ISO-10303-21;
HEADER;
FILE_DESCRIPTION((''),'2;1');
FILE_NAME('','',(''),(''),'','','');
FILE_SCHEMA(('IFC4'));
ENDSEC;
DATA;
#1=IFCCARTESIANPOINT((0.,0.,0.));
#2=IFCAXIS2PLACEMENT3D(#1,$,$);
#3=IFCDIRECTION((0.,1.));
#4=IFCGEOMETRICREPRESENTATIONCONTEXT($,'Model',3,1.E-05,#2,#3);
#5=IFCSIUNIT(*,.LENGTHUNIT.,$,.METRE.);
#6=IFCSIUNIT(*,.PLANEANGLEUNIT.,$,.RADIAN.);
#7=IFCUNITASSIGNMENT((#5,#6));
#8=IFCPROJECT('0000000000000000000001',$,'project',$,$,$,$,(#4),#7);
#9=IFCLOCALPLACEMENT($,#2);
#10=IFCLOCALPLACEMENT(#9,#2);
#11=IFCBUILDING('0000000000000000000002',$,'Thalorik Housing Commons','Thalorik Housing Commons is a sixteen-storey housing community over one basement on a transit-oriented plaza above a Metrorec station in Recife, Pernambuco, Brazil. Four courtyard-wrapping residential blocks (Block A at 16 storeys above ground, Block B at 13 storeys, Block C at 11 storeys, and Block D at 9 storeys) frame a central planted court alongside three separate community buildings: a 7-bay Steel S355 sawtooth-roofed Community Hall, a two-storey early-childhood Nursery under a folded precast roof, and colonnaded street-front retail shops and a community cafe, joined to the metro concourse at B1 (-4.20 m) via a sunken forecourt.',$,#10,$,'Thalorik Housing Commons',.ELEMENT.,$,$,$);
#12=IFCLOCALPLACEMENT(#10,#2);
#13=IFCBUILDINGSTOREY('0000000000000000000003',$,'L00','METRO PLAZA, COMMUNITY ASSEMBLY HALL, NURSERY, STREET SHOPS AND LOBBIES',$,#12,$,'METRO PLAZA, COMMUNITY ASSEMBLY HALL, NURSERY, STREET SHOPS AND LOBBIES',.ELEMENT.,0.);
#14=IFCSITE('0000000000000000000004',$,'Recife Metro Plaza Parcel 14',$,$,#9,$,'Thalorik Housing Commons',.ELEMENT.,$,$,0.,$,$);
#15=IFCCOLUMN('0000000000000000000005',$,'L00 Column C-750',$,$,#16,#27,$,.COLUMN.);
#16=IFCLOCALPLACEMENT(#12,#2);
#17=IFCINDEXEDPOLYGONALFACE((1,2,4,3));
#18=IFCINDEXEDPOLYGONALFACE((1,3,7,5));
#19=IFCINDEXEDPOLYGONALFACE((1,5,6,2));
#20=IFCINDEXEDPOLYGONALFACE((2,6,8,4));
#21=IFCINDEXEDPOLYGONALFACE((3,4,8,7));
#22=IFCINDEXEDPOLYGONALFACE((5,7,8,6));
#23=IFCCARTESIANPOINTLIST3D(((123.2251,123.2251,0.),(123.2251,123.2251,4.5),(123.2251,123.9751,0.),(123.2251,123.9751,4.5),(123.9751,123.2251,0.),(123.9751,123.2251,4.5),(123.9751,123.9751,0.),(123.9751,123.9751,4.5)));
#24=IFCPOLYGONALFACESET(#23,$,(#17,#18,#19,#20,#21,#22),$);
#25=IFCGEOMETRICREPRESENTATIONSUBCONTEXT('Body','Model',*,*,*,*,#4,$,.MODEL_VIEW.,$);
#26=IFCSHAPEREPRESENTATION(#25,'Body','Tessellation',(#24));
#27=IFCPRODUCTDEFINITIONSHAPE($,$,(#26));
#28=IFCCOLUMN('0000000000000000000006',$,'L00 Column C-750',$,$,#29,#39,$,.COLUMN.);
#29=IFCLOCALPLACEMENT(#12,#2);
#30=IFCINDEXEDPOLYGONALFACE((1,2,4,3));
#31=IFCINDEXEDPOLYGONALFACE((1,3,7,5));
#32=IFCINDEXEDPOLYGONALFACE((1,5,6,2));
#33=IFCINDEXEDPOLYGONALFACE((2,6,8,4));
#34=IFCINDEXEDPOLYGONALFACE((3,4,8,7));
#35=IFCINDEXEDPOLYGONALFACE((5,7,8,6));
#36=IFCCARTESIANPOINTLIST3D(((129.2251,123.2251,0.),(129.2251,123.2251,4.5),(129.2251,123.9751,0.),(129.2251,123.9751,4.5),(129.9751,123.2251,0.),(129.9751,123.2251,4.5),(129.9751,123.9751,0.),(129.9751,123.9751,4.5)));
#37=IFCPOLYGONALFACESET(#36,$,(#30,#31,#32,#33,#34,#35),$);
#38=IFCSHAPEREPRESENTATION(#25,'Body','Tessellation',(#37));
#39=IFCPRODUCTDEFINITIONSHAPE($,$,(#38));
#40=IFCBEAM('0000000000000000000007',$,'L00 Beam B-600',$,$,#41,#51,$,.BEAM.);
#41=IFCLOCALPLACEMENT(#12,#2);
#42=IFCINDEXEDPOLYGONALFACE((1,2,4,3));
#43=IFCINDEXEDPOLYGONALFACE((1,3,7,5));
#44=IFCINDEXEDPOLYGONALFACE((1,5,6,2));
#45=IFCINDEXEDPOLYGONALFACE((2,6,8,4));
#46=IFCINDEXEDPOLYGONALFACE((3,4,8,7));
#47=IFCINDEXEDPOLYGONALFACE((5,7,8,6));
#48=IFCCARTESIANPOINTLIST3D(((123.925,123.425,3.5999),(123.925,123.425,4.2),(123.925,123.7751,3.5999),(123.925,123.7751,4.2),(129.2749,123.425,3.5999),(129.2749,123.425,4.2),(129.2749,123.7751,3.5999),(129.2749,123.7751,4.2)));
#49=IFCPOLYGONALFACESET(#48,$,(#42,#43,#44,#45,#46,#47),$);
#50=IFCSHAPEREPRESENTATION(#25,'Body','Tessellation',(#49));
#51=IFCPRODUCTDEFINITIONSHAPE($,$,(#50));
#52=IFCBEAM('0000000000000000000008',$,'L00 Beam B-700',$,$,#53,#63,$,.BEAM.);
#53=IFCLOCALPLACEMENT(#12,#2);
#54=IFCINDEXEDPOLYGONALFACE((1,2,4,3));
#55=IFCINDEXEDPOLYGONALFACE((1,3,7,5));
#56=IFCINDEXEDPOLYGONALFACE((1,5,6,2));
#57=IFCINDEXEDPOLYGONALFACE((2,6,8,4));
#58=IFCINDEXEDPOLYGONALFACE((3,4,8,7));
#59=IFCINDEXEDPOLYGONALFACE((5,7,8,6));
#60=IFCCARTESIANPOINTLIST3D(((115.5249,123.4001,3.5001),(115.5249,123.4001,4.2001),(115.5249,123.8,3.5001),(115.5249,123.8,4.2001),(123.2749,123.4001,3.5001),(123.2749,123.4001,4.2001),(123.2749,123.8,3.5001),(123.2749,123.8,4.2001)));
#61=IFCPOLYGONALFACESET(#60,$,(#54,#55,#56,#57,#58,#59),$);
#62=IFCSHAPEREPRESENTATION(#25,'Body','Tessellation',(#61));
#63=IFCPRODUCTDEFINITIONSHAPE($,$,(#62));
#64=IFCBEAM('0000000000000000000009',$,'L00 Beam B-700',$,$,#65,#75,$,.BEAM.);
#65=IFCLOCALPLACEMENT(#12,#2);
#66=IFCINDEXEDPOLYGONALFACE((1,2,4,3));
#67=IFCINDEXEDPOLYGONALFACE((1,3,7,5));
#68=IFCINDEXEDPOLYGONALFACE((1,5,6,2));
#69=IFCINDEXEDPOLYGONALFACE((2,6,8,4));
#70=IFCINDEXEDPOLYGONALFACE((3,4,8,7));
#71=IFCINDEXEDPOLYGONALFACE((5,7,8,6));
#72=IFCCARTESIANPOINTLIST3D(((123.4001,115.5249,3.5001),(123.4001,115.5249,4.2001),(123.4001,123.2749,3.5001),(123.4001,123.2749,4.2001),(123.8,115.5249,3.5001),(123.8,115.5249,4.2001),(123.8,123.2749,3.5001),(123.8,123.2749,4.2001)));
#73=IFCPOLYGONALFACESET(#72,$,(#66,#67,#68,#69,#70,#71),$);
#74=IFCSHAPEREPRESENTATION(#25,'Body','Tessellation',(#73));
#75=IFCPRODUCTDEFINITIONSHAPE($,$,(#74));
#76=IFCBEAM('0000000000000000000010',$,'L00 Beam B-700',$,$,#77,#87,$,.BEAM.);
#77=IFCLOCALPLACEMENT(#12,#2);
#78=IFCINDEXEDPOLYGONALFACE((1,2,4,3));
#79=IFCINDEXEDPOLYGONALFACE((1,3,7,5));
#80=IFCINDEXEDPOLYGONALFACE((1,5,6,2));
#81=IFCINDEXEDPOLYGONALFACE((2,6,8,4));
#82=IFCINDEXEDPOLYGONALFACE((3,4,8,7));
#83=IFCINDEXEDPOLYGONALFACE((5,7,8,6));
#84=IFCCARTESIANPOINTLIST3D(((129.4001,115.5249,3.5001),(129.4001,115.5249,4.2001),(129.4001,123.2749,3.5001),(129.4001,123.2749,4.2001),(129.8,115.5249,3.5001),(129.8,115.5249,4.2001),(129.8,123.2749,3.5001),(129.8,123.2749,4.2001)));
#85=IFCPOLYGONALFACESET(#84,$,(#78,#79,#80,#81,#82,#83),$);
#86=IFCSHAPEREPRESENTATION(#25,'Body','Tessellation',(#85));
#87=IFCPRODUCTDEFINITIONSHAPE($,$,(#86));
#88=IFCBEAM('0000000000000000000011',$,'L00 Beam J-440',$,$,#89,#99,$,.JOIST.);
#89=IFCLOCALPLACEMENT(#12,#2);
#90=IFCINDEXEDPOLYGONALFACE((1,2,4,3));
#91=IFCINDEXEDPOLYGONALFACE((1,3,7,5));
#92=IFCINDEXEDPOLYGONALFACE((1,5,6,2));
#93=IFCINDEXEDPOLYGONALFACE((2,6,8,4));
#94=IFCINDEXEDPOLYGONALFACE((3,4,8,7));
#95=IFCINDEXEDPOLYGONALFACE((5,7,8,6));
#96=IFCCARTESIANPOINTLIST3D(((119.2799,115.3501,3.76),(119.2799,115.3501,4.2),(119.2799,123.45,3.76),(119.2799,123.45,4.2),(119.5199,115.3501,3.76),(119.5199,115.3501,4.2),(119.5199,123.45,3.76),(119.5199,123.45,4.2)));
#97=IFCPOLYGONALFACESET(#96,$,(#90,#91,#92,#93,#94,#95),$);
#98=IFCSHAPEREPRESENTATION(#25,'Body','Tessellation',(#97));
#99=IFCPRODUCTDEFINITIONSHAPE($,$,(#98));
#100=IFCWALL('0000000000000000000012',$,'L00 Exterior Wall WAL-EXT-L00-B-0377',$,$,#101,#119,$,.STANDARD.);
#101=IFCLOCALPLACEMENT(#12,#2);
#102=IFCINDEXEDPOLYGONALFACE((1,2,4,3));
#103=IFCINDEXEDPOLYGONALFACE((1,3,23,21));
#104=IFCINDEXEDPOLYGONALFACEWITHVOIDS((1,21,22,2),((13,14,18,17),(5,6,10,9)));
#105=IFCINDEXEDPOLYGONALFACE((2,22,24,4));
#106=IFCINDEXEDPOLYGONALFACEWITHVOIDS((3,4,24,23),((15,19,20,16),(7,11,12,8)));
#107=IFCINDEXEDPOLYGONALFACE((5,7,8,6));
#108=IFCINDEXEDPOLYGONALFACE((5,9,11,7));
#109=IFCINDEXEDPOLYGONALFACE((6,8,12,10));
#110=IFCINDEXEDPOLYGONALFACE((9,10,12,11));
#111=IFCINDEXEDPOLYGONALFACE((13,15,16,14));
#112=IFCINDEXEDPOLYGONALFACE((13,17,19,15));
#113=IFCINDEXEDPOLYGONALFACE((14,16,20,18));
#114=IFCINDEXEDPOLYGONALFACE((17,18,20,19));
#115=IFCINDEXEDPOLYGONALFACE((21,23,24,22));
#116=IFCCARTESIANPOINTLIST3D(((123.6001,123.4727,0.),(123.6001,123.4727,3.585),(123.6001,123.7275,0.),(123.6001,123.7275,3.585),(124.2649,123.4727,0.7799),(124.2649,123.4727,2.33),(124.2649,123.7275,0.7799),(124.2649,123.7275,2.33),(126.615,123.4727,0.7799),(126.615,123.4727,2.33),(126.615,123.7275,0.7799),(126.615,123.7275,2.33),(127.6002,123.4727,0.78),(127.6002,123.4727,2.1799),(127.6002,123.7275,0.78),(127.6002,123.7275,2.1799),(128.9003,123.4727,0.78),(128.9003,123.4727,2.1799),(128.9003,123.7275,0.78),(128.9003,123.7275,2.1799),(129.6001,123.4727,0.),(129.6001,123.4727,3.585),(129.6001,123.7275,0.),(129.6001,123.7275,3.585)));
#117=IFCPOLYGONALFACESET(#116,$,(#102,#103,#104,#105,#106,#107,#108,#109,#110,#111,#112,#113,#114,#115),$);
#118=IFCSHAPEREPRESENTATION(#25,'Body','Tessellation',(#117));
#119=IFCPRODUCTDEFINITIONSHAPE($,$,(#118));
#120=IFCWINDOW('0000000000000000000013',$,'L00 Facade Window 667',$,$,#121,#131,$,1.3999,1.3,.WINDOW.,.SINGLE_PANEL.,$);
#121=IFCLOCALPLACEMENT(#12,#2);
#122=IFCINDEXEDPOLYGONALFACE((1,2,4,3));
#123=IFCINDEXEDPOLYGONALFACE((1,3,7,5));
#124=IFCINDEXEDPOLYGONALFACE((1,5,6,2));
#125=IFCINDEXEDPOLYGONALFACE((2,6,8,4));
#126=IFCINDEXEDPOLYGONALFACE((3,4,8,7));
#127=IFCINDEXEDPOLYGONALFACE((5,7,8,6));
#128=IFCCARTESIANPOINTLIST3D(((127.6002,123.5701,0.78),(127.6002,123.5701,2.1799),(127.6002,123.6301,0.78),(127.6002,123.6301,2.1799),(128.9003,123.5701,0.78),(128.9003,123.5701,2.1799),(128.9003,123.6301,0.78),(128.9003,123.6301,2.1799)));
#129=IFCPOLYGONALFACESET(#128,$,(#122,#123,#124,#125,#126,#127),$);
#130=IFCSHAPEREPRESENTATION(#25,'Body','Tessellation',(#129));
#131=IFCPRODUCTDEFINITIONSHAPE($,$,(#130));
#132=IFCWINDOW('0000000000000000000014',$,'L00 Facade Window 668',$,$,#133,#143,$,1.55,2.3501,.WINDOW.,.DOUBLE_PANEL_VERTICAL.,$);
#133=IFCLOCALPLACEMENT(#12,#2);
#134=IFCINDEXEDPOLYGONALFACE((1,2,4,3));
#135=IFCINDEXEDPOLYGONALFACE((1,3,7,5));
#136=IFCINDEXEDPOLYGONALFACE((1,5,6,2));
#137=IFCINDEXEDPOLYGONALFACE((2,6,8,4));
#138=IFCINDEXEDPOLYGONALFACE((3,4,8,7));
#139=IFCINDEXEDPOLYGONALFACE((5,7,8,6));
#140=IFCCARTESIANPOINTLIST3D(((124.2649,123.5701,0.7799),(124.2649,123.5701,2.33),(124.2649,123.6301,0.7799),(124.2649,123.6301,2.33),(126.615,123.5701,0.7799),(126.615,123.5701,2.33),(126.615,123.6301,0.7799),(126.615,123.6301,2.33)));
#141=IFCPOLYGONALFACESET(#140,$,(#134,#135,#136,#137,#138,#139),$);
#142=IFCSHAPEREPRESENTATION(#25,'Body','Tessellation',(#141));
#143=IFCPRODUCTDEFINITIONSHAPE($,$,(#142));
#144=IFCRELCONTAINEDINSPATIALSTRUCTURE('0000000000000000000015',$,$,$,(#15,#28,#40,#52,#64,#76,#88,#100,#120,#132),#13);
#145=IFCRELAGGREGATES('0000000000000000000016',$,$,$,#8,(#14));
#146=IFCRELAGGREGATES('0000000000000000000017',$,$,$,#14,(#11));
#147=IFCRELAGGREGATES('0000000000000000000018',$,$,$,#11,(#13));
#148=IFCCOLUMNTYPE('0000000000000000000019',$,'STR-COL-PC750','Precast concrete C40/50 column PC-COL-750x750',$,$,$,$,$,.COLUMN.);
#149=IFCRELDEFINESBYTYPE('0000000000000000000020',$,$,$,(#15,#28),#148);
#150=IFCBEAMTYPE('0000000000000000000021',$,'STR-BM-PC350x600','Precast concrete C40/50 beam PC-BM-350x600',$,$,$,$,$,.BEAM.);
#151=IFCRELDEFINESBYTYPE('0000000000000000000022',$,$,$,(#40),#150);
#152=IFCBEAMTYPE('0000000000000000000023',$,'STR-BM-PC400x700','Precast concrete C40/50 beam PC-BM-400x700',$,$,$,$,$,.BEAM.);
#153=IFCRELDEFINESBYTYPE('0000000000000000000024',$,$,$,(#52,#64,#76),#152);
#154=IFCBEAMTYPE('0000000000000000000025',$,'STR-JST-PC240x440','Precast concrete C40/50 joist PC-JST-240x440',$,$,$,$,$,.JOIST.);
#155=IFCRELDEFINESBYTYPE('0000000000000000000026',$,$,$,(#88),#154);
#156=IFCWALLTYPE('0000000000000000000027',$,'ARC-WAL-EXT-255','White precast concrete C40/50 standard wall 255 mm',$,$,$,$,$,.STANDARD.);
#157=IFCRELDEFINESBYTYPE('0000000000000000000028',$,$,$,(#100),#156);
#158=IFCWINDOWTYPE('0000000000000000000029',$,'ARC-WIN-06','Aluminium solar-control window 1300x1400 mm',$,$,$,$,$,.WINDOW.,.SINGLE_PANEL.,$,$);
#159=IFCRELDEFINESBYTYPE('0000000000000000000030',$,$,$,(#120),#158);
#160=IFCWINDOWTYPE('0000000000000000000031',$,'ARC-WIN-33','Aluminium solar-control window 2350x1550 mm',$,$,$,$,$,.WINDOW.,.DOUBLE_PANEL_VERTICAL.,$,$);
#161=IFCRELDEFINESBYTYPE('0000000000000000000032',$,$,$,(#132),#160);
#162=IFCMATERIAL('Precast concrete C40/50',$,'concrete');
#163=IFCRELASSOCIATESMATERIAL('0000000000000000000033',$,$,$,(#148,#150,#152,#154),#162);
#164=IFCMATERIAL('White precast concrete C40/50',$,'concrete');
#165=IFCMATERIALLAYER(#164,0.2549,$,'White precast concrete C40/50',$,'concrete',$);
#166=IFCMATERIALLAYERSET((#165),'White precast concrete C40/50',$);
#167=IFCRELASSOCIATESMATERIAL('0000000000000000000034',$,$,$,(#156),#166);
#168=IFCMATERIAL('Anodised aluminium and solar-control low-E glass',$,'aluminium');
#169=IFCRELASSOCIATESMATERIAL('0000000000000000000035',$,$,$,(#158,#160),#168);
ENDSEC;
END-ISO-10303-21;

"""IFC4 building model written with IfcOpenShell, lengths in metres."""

from ifc_helpers import new_model, si_unit, direction, frame, frame_2d, origin, origin_2d, place, context, subcontext, project, spatial, rectangle, extrude, material, layer, layer_set, material_profile, profile_set, type_object, element, fill, save


model = new_model("IFC4")

# Units and contexts
model_context = context("Model", 3, precision=1e-05, world=origin(), true_north=direction((0.0, 1.0)))
body_context = subcontext(model_context, "Body", "Model", "MODEL_VIEW")
ifc_project = project(units=[si_unit("LENGTHUNIT", "METRE"), si_unit("PLANEANGLEUNIT", "RADIAN")], contexts=[model_context])

# Site, building, storey
site_placement = place(None, origin())
site = spatial("IfcSite", under=ifc_project, at=site_placement, Name="Recife Metro Plaza Parcel 14", LongName="Thalorik Housing Commons", CompositionType="ELEMENT", RefElevation=0.0)
building_placement = place(site_placement, origin())
building = spatial("IfcBuilding", under=site, at=building_placement, Name="Thalorik Housing Commons", Description="Thalorik Housing Commons is a sixteen-storey housing community over one basement on a transit-oriented plaza above a Metrorec station in Recife, Pernambuco, Brazil. Four courtyard-wrapping residential blocks (Block A at 16 storeys above ground, Block B at 13 storeys, Block C at 11 storeys, and Block D at 9 storeys) frame a central planted court alongside three separate community buildings: a 7-bay Steel S355 sawtooth-roofed Community Hall, a two-storey early-childhood Nursery under a folded precast roof, and colonnaded street-front retail shops and a community cafe, joined to the metro concourse at B1 (-4.20 m) via a sunken forecourt.", LongName="Thalorik Housing Commons", CompositionType="ELEMENT")
storey_placement = place(building_placement, origin())
storey = spatial("IfcBuildingStorey", under=building, at=storey_placement, Name="L00", Description="METRO PLAZA, COMMUNITY ASSEMBLY HALL, NURSERY, STREET SHOPS AND LOBBIES", LongName="METRO PLAZA, COMMUNITY ASSEMBLY HALL, NURSERY, STREET SHOPS AND LOBBIES", CompositionType="ELEMENT", Elevation=0.0)

# Columns
ifc_material_1 = material(Name="Precast concrete C40/50", Category="concrete")
ifc_material_profile_1 = material_profile(ifc_material_1, rectangle(XDim=0.75, YDim=0.75, at=origin_2d()), Name="PC 750x750", Category="concrete")
ifc_profile_set_1 = profile_set([ifc_material_profile_1], Name="Precast concrete C40/50")
column_type = type_object("IfcColumnType", Name="STR-COL-PC750", Description="Precast concrete C40/50 column PC-COL-750x750", PredefinedType="COLUMN", material=ifc_profile_set_1)
for number, where, z_axis, x_axis, name in (
    (1, (123.6001, 123.6001, 0.0), (0.0, 0.0, 1.0), (1.0, 0.0, 0.0), "L00 Column C-750"),
    (2, (129.6001, 123.6001, 0.0), (0.0, 0.0, 1.0), (1.0, 0.0, 0.0), "L00 Column C-750"),
):
    element("IfcColumn", number, at=place(storey_placement, frame(where, z_axis=z_axis, x_axis=x_axis)), inside=storey, type_object=column_type, Name=name, PredefinedType="COLUMN", context=body_context, shape_type="SweptSolid", body=[
        extrude(rectangle(XDim=0.75, YDim=0.75, at=origin_2d()), origin(), (0.0, 0.0, 1.0), 4.5),
    ])

# Beams
ifc_material_profile_2 = material_profile(ifc_material_1, rectangle(XDim=0.3501, YDim=0.6001, at=origin_2d()), Name="PC 350x600", Category="concrete")
ifc_profile_set_2 = profile_set([ifc_material_profile_2], Name="Precast concrete C40/50")
beam_type_1 = type_object("IfcBeamType", Name="STR-BM-PC350x600", Description="Precast concrete C40/50 beam PC-BM-350x600", PredefinedType="BEAM", material=ifc_profile_set_2)
beam_1_placement = place(storey_placement, frame((123.925, 123.6001, 3.8999), z_axis=(1.0, 0.0, 0.0), x_axis=(0.0, 1.0, 0.0)))
element("IfcBeam", 3, at=beam_1_placement, inside=storey, type_object=beam_type_1, Name="L00 Beam B-600", PredefinedType="BEAM", context=body_context, shape_type="SweptSolid", body=[
    extrude(rectangle(XDim=0.3501, YDim=0.6001, at=origin_2d()), origin(), (0.0, 0.0, 1.0), 5.3499),
])
ifc_material_profile_3 = material_profile(ifc_material_1, rectangle(XDim=0.3999, YDim=0.7, at=origin_2d()), Name="PC 400x700", Category="concrete")
ifc_profile_set_3 = profile_set([ifc_material_profile_3], Name="Precast concrete C40/50")
beam_type_2 = type_object("IfcBeamType", Name="STR-BM-PC400x700", Description="Precast concrete C40/50 beam PC-BM-400x700", PredefinedType="BEAM", material=ifc_profile_set_3)
for number, where, z_axis, x_axis, name in (
    (4, (115.5249, 123.6001, 3.8501), (1.0, 0.0, 0.0), (0.0, 1.0, 0.0), "L00 Beam B-700"),
    (5, (123.6001, 115.5249, 3.8501), (0.0, 1.0, 0.0), (-1.0, 0.0, 0.0), "L00 Beam B-700"),
    (6, (129.6001, 115.5249, 3.8501), (0.0, 1.0, 0.0), (-1.0, 0.0, 0.0), "L00 Beam B-700"),
):
    element("IfcBeam", number, at=place(storey_placement, frame(where, z_axis=z_axis, x_axis=x_axis)), inside=storey, type_object=beam_type_2, Name=name, PredefinedType="BEAM", context=body_context, shape_type="SweptSolid", body=[
        extrude(rectangle(XDim=0.3999, YDim=0.7, at=origin_2d()), origin(), (0.0, 0.0, 1.0), 7.75),
    ])
ifc_material_profile_4 = material_profile(ifc_material_1, rectangle(XDim=0.24, YDim=0.4399, at=origin_2d()), Name="PC JST 240x440", Category="concrete")
ifc_profile_set_4 = profile_set([ifc_material_profile_4], Name="Precast concrete C40/50")
beam_type_3 = type_object("IfcBeamType", Name="STR-JST-PC240x440", Description="Precast concrete C40/50 joist PC-JST-240x440", PredefinedType="JOIST", material=ifc_profile_set_4)
beam_2_placement = place(storey_placement, frame((119.3999, 115.3501, 3.98), z_axis=(0.0, 1.0, 0.0), x_axis=(-1.0, 0.0, 0.0)))
element("IfcBeam", 7, at=beam_2_placement, inside=storey, type_object=beam_type_3, Name="L00 Beam J-440", PredefinedType="JOIST", context=body_context, shape_type="SweptSolid", body=[
    extrude(rectangle(XDim=0.24, YDim=0.4399, at=origin_2d()), origin(), (0.0, 0.0, 1.0), 8.0999),
])

# Wall, openings, windows
ifc_material_2 = material(Name="White precast concrete C40/50", Category="concrete")
ifc_layer_1 = layer(ifc_material_2, 0.2549, Name="White precast concrete C40/50", Category="concrete")
ifc_layer_set_1 = layer_set([ifc_layer_1], Name="White precast concrete C40/50")
wall_type_1 = type_object("IfcWallType", Name="ARC-WAL-EXT-255", Description="White precast concrete C40/50 standard wall 255 mm", PredefinedType="STANDARD", material=ifc_layer_set_1)
wall_1_placement = place(storey_placement, frame((129.6001, 123.6001, 0.0), z_axis=(0.0, 0.0, 1.0), x_axis=(-1.0, 0.0, 0.0)))
wall_1 = element("IfcWall", 8, at=wall_1_placement, inside=storey, type_object=wall_type_1, Name="L00 Exterior Wall WAL-EXT-L00-B-0377", PredefinedType="STANDARD", context=body_context, shape_type="SweptSolid", body=[
    extrude(rectangle(XDim=6.0, YDim=0.2549, at=frame_2d((3.0, 0.0))), origin(), (0.0, 0.0, 1.0), 3.585),
])
opening_1_placement = place(wall_1_placement, frame((0.7, 0.0, 0.78)))
opening_1 = element("IfcOpeningElement", 9, at=opening_1_placement, cuts=wall_1, PredefinedType="OPENING", context=body_context, shape_type="SweptSolid", body=[
    extrude(rectangle(XDim=1.3, YDim=1.3999, at=frame_2d((0.6499, 0.7))), frame((0.0, 0.1375, 0.0), z_axis=(0.0, -1.0, 0.0), x_axis=(1.0, 0.0, 0.0)), (0.0, 0.0, 1.0), 0.2749),
])
opening_2_placement = place(wall_1_placement, frame((2.9851, 0.0, 0.78)))
opening_2 = element("IfcOpeningElement", 10, at=opening_2_placement, cuts=wall_1, PredefinedType="OPENING", context=body_context, shape_type="SweptSolid", body=[
    extrude(rectangle(XDim=2.3501, YDim=1.55, at=frame_2d((1.175, 0.7749))), frame((0.0, 0.1375, 0.0), z_axis=(0.0, -1.0, 0.0), x_axis=(1.0, 0.0, 0.0)), (0.0, 0.0, 1.0), 0.2749),
])
ifc_material_3 = material(Name="Anodised aluminium and solar-control low-E glass", Category="aluminium")
window_type_1 = type_object("IfcWindowType", Name="ARC-WIN-06", Description="Aluminium solar-control window 1300x1400 mm", PartitioningType="SINGLE_PANEL", PredefinedType="WINDOW", material=ifc_material_3)
window_1_placement = place(opening_1_placement, origin())
window_1 = element("IfcWindow", 11, at=window_1_placement, inside=storey, type_object=window_type_1, Name="L00 Facade Window 667", OverallHeight=1.3999, OverallWidth=1.3, PartitioningType="SINGLE_PANEL", PredefinedType="WINDOW", context=body_context, shape_type="SweptSolid", body=[
    extrude(rectangle(XDim=1.3, YDim=1.3999, at=frame_2d((0.6499, 0.7))), frame((0.0, 0.03, 0.0), z_axis=(0.0, -1.0, 0.0), x_axis=(1.0, 0.0, 0.0)), (0.0, 0.0, 1.0), 0.0601),
])
fill(opening_1, window_1)
window_type_2 = type_object("IfcWindowType", Name="ARC-WIN-33", Description="Aluminium solar-control window 2350x1550 mm", PartitioningType="DOUBLE_PANEL_VERTICAL", PredefinedType="WINDOW", material=ifc_material_3)
window_2_placement = place(opening_2_placement, origin())
window_2 = element("IfcWindow", 12, at=window_2_placement, inside=storey, type_object=window_type_2, Name="L00 Facade Window 668", OverallHeight=1.55, OverallWidth=2.3501, PartitioningType="DOUBLE_PANEL_VERTICAL", PredefinedType="WINDOW", context=body_context, shape_type="SweptSolid", body=[
    extrude(rectangle(XDim=2.3501, YDim=1.55, at=frame_2d((1.175, 0.7749))), frame((0.0, 0.03, 0.0), z_axis=(0.0, -1.0, 0.0), x_axis=(1.0, 0.0, 0.0)), (0.0, 0.0, 1.0), 0.0601),
])
fill(opening_2, window_2)

save(model, "model.ifc")
